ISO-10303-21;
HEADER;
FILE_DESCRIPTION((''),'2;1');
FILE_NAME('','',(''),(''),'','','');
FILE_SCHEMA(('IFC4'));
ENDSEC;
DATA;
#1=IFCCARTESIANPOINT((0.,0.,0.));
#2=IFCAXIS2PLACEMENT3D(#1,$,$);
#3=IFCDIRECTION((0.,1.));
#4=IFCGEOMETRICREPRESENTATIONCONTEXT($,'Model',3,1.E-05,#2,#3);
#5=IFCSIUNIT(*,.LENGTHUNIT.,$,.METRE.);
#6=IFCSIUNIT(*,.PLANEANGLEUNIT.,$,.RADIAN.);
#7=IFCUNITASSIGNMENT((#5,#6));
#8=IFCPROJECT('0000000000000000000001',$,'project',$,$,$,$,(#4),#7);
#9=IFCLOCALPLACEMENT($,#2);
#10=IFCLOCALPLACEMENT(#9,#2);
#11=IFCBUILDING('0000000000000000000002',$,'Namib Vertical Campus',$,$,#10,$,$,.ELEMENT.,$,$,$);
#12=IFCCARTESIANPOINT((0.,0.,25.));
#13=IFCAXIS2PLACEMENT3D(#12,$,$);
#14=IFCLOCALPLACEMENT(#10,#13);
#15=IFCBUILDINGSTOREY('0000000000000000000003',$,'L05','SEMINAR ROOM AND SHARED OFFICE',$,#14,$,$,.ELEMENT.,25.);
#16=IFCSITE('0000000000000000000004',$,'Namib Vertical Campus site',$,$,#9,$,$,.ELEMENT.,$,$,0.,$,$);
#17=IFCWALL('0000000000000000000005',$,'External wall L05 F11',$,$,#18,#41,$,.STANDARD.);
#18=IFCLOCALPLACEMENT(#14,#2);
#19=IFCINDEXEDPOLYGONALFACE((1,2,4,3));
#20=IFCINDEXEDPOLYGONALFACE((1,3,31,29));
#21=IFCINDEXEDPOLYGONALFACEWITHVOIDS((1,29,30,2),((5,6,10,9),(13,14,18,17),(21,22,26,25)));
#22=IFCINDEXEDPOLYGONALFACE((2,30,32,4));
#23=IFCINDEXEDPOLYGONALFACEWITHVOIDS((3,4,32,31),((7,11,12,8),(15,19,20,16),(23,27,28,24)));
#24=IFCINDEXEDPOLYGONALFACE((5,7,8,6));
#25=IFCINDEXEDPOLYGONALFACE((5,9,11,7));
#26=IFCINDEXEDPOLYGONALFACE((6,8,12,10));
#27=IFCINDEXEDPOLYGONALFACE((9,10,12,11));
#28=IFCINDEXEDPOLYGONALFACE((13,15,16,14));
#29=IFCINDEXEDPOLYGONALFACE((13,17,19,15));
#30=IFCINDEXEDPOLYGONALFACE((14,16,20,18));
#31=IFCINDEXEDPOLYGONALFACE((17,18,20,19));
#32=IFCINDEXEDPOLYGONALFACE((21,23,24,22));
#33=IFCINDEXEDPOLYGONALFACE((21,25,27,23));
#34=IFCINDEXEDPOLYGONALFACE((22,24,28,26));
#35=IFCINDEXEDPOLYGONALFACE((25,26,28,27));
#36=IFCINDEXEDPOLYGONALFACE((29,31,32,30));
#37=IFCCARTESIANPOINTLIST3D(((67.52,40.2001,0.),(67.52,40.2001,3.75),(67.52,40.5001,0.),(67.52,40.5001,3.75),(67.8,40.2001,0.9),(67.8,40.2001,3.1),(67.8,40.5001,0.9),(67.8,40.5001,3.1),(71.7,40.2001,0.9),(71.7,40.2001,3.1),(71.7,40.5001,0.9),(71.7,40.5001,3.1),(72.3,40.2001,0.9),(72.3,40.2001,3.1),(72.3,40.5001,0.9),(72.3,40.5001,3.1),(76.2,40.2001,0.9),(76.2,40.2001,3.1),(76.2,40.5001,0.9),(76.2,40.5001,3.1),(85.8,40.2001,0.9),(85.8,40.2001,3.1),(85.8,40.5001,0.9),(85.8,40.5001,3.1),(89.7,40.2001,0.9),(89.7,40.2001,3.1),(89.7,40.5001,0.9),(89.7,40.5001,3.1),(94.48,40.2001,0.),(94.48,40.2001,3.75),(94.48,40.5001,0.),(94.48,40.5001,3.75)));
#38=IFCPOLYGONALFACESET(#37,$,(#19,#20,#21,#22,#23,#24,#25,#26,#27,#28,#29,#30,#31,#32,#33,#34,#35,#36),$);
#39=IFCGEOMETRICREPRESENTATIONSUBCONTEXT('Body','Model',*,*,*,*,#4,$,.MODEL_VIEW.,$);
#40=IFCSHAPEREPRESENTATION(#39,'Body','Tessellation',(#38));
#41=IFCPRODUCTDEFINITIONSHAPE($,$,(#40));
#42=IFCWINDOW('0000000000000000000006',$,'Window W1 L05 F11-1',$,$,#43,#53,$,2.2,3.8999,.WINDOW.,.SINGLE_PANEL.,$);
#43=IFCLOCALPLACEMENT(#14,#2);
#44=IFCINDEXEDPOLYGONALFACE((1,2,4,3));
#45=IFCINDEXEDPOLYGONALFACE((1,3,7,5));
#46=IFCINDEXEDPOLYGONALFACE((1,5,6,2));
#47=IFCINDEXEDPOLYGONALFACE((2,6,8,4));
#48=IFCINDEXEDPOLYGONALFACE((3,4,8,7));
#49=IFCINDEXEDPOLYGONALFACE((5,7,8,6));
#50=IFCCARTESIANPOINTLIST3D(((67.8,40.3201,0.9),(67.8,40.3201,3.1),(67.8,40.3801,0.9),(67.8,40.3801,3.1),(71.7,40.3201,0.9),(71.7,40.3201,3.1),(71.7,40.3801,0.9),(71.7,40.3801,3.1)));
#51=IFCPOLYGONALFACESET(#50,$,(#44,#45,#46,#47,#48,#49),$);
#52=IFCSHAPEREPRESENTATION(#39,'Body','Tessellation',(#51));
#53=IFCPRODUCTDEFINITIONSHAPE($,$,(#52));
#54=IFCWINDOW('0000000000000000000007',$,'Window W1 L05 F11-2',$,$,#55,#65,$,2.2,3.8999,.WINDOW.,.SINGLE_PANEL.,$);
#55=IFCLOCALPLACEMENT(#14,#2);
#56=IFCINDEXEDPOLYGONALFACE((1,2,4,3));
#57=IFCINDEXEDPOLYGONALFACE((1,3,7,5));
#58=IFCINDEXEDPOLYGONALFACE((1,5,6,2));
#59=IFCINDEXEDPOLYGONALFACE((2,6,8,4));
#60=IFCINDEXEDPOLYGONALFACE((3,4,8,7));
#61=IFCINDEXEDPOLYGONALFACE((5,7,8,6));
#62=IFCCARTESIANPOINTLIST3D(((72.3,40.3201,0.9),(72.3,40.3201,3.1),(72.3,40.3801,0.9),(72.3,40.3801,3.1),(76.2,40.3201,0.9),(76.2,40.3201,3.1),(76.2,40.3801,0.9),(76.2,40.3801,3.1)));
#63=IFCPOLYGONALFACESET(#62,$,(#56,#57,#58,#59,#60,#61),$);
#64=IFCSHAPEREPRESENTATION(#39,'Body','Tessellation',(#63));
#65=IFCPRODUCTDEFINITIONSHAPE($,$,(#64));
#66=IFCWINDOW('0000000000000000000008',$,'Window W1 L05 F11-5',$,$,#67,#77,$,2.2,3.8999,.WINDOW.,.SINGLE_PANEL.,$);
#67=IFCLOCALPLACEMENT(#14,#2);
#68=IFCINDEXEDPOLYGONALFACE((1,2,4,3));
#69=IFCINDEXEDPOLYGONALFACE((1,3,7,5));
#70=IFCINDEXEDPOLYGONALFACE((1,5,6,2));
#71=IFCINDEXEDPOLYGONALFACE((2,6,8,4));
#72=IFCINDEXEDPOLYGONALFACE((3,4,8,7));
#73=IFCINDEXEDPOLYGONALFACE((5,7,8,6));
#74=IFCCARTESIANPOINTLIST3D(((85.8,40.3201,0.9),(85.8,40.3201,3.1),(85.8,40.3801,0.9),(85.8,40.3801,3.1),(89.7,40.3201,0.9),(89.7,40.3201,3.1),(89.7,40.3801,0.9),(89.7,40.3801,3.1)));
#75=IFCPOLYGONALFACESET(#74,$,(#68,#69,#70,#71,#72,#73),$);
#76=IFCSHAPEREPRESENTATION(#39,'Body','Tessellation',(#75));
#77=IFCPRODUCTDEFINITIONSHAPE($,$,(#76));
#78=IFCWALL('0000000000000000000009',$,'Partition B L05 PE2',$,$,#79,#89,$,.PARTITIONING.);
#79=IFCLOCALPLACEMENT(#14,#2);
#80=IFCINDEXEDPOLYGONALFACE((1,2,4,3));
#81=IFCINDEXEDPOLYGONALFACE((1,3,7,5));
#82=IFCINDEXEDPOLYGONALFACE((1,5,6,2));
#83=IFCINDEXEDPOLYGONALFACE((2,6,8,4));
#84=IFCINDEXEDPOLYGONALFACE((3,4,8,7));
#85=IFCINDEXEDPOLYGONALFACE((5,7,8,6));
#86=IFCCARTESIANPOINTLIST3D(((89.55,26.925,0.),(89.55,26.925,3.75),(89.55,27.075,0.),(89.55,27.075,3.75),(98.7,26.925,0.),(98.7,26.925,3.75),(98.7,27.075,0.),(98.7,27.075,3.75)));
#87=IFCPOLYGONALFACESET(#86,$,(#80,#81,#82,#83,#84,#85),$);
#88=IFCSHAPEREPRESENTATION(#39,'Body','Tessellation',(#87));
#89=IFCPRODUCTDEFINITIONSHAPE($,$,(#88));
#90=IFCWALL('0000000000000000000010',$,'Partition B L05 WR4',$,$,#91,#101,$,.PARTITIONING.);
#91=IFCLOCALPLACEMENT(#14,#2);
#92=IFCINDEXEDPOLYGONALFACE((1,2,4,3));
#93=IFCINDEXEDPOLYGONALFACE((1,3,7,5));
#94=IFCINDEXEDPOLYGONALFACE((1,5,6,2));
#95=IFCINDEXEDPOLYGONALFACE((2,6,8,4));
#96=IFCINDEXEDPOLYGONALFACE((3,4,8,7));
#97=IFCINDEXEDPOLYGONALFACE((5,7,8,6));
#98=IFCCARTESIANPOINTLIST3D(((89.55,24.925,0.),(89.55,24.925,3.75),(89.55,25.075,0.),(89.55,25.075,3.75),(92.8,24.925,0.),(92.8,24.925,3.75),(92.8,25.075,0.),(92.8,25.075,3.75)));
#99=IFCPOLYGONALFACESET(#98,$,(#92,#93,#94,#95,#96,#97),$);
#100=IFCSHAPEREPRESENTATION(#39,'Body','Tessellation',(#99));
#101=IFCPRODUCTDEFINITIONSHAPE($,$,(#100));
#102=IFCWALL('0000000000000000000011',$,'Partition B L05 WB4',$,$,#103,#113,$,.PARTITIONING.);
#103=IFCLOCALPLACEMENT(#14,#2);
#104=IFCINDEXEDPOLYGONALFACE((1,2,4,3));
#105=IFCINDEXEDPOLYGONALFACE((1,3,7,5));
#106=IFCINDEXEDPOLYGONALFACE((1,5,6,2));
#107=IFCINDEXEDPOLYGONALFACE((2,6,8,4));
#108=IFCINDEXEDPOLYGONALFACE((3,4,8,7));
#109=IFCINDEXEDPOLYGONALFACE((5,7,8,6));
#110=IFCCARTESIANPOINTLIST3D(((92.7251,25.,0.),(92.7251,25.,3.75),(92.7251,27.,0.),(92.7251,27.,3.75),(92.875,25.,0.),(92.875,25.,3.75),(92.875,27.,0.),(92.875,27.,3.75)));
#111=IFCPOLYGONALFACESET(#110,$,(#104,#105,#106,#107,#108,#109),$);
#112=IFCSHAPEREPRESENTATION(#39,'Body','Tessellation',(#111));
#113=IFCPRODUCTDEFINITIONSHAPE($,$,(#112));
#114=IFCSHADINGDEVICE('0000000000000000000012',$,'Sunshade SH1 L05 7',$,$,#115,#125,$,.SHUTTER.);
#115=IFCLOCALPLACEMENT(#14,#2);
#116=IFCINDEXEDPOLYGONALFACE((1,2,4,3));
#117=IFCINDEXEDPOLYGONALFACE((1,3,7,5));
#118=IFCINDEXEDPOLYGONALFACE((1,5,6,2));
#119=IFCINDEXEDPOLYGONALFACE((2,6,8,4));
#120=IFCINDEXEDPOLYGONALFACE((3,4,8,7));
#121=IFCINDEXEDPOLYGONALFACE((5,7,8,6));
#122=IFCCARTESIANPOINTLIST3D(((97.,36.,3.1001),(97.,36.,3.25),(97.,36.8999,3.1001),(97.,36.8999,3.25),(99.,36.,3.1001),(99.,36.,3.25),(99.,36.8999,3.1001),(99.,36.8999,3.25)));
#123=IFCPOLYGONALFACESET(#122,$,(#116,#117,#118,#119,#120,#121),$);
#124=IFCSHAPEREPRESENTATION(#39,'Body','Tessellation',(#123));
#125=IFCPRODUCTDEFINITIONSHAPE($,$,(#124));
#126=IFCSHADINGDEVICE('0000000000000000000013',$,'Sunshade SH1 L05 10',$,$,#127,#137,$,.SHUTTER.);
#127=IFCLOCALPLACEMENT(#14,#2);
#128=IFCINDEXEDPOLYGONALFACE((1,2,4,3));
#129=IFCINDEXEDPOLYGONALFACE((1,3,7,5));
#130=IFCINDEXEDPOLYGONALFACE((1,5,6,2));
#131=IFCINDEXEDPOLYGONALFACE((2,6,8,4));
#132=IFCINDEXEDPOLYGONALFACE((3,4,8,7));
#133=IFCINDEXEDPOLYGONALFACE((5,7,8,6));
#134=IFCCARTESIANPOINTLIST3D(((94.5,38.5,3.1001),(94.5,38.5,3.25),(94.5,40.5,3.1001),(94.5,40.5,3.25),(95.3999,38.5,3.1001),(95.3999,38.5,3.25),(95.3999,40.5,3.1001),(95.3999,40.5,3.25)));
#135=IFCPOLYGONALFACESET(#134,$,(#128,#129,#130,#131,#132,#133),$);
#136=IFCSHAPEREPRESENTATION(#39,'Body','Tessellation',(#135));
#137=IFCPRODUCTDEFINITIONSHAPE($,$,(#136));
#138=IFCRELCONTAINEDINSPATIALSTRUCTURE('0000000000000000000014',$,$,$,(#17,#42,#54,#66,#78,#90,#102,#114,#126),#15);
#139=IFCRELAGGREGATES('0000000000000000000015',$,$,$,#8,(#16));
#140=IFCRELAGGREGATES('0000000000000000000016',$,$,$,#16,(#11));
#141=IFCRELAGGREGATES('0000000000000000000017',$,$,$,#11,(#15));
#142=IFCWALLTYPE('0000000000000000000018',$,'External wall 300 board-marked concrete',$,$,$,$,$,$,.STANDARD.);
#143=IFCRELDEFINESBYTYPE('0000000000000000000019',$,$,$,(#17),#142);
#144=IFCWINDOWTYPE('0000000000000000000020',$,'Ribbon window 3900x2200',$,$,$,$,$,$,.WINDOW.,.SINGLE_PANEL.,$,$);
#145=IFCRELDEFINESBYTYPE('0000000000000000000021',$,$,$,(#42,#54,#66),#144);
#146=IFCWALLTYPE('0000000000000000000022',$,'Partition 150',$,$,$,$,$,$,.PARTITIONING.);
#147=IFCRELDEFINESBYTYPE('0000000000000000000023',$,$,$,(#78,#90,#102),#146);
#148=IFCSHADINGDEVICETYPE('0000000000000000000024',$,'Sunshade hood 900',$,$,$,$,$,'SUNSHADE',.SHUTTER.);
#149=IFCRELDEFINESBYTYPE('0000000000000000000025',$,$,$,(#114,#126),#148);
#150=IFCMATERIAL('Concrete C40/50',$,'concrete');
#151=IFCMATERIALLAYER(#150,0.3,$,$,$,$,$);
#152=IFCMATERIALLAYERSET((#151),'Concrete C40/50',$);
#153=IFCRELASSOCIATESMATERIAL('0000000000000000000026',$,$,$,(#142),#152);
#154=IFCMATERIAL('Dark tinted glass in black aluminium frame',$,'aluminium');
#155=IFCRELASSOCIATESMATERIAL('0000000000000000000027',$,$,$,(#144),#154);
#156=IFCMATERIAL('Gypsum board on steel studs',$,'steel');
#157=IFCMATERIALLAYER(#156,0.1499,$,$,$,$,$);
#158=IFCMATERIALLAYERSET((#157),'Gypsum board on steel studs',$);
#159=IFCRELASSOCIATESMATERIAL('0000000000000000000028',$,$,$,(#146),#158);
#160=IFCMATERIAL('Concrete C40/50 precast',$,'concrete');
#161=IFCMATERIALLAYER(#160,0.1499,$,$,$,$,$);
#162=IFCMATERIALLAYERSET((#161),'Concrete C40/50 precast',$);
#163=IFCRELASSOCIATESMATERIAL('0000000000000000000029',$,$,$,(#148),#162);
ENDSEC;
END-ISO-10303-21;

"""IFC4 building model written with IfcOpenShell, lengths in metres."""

from ifc_helpers import new_model, si_unit, direction, frame, frame_2d, origin, origin_2d, place, context, subcontext, project, spatial, rectangle, extrude, material, layer, layer_set, type_object, element, fill, save


model = new_model("IFC4")

# Units and contexts
model_context = context("Model", 3, precision=1e-05, world=origin(), true_north=direction((0.0, 1.0)))
body_context = subcontext(model_context, "Body", "Model", "MODEL_VIEW")
ifc_project = project(units=[si_unit("LENGTHUNIT", "METRE"), si_unit("PLANEANGLEUNIT", "RADIAN")], contexts=[model_context])

# Site, building, storey
site_placement = place(None, origin())
site = spatial("IfcSite", under=ifc_project, at=site_placement, Name="Namib Vertical Campus site", CompositionType="ELEMENT", RefElevation=0.0)
building_placement = place(site_placement, origin())
building = spatial("IfcBuilding", under=site, at=building_placement, Name="Namib Vertical Campus", CompositionType="ELEMENT")
storey_placement = place(building_placement, frame((0.0, 0.0, 25.0)))
storey = spatial("IfcBuildingStorey", under=building, at=storey_placement, Name="L05", Description="SEMINAR ROOM AND SHARED OFFICE", CompositionType="ELEMENT", Elevation=25.0)

# Shared definitions
ifc_material_1 = material(Name="Concrete C40/50", Category="concrete")
ifc_layer_1 = layer(ifc_material_1, 0.3)
ifc_layer_set_1 = layer_set([ifc_layer_1], Name="Concrete C40/50")
wall_type_1 = type_object("IfcWallType", Name="External wall 300 board-marked concrete", PredefinedType="STANDARD", material=ifc_layer_set_1)

# Wall, openings, windows
wall_1_placement = place(storey_placement, frame((94.48, 40.3501, 0.0), z_axis=(0.0, 0.0, 1.0), x_axis=(-1.0, 0.0, 0.0)))
wall_1 = element("IfcWall", 1, at=wall_1_placement, inside=storey, type_object=wall_type_1, Name="External wall L05 F11", PredefinedType="STANDARD", context=body_context, shape_type="SweptSolid", body=[
    extrude(rectangle(XDim=26.96, YDim=0.3, at=frame_2d((13.48, 0.0))), origin(), (0.0, 0.0, 1.0), 3.75),
])
opening_1_placement = place(wall_1_placement, frame((22.78, 0.0, 0.8999)))
opening_1 = element("IfcOpeningElement", 2, at=opening_1_placement, cuts=wall_1, PredefinedType="OPENING", context=body_context, shape_type="SweptSolid", body=[
    extrude(rectangle(XDim=3.8999, YDim=2.2, at=frame_2d((1.95, 1.1001))), frame((0.0, 0.1599, 0.0), z_axis=(0.0, -1.0, 0.0), x_axis=(1.0, 0.0, 0.0)), (0.0, 0.0, 1.0), 0.3201),
])
opening_2_placement = place(wall_1_placement, frame((18.28, 0.0, 0.8999)))
opening_2 = element("IfcOpeningElement", 3, at=opening_2_placement, cuts=wall_1, PredefinedType="OPENING", context=body_context, shape_type="SweptSolid", body=[
    extrude(rectangle(XDim=3.8999, YDim=2.2, at=frame_2d((1.95, 1.1001))), frame((0.0, 0.1599, 0.0), z_axis=(0.0, -1.0, 0.0), x_axis=(1.0, 0.0, 0.0)), (0.0, 0.0, 1.0), 0.3201),
])
opening_3_placement = place(wall_1_placement, frame((4.78, 0.0, 0.8999)))
opening_3 = element("IfcOpeningElement", 4, at=opening_3_placement, cuts=wall_1, PredefinedType="OPENING", context=body_context, shape_type="SweptSolid", body=[
    extrude(rectangle(XDim=3.8999, YDim=2.2, at=frame_2d((1.95, 1.1001))), frame((0.0, 0.1599, 0.0), z_axis=(0.0, -1.0, 0.0), x_axis=(1.0, 0.0, 0.0)), (0.0, 0.0, 1.0), 0.3201),
])
ifc_material_2 = material(Name="Dark tinted glass in black aluminium frame", Category="aluminium")
window_type = type_object("IfcWindowType", Name="Ribbon window 3900x2200", PartitioningType="SINGLE_PANEL", PredefinedType="WINDOW", material=ifc_material_2)
window_1_placement = place(opening_1_placement, origin())
window_1 = element("IfcWindow", 5, at=window_1_placement, inside=storey, type_object=window_type, Name="Window W1 L05 F11-1", OverallHeight=2.2, OverallWidth=3.8999, PartitioningType="SINGLE_PANEL", PredefinedType="WINDOW", context=body_context, shape_type="SweptSolid", body=[
    extrude(rectangle(XDim=3.8999, YDim=2.2, at=frame_2d((1.95, 1.1001))), frame((0.0, 0.03, 0.0), z_axis=(0.0, -1.0, 0.0), x_axis=(1.0, 0.0, 0.0)), (0.0, 0.0, 1.0), 0.0601),
])
fill(opening_1, window_1)
window_2_placement = place(opening_2_placement, origin())
window_2 = element("IfcWindow", 6, at=window_2_placement, inside=storey, type_object=window_type, Name="Window W1 L05 F11-2", OverallHeight=2.2, OverallWidth=3.8999, PartitioningType="SINGLE_PANEL", PredefinedType="WINDOW", context=body_context, shape_type="SweptSolid", body=[
    extrude(rectangle(XDim=3.8999, YDim=2.2, at=frame_2d((1.95, 1.1001))), frame((0.0, 0.03, 0.0), z_axis=(0.0, -1.0, 0.0), x_axis=(1.0, 0.0, 0.0)), (0.0, 0.0, 1.0), 0.0601),
])
fill(opening_2, window_2)
window_3_placement = place(opening_3_placement, origin())
window_3 = element("IfcWindow", 7, at=window_3_placement, inside=storey, type_object=window_type, Name="Window W1 L05 F11-5", OverallHeight=2.2, OverallWidth=3.8999, PartitioningType="SINGLE_PANEL", PredefinedType="WINDOW", context=body_context, shape_type="SweptSolid", body=[
    extrude(rectangle(XDim=3.8999, YDim=2.2, at=frame_2d((1.95, 1.1001))), frame((0.0, 0.03, 0.0), z_axis=(0.0, -1.0, 0.0), x_axis=(1.0, 0.0, 0.0)), (0.0, 0.0, 1.0), 0.0601),
])
fill(opening_3, window_3)

# Walls
ifc_material_3 = material(Name="Gypsum board on steel studs", Category="steel")
ifc_layer_2 = layer(ifc_material_3, 0.1499)
ifc_layer_set_2 = layer_set([ifc_layer_2], Name="Gypsum board on steel studs")
wall_type_2 = type_object("IfcWallType", Name="Partition 150", PredefinedType="PARTITIONING", material=ifc_layer_set_2)
wall_2_placement = place(storey_placement, frame((89.55, 27.0, 0.0), z_axis=(0.0, 0.0, 1.0), x_axis=(1.0, 0.0, 0.0)))
element("IfcWall", 8, at=wall_2_placement, inside=storey, type_object=wall_type_2, Name="Partition B L05 PE2", PredefinedType="PARTITIONING", context=body_context, shape_type="SweptSolid", body=[
    extrude(rectangle(XDim=9.1499, YDim=0.1499, at=frame_2d((4.575, 0.0))), origin(), (0.0, 0.0, 1.0), 3.75),
])
wall_3_placement = place(storey_placement, frame((89.55, 25.0, 0.0), z_axis=(0.0, 0.0, 1.0), x_axis=(1.0, 0.0, 0.0)))
element("IfcWall", 9, at=wall_3_placement, inside=storey, type_object=wall_type_2, Name="Partition B L05 WR4", PredefinedType="PARTITIONING", context=body_context, shape_type="SweptSolid", body=[
    extrude(rectangle(XDim=3.25, YDim=0.1499, at=frame_2d((1.625, 0.0))), origin(), (0.0, 0.0, 1.0), 3.75),
])
wall_4_placement = place(storey_placement, frame((92.8, 25.0, 0.0), z_axis=(0.0, 0.0, 1.0), x_axis=(0.0, 1.0, 0.0)))
element("IfcWall", 10, at=wall_4_placement, inside=storey, type_object=wall_type_2, Name="Partition B L05 WB4", PredefinedType="PARTITIONING", context=body_context, shape_type="SweptSolid", body=[
    extrude(rectangle(XDim=2.0, YDim=0.1499, at=frame_2d((1.0, 0.0))), origin(), (0.0, 0.0, 1.0), 3.75),
])

# Shading devices
ifc_material_4 = material(Name="Concrete C40/50 precast", Category="concrete")
ifc_layer_3 = layer(ifc_material_4, 0.1499)
ifc_layer_set_3 = layer_set([ifc_layer_3], Name="Concrete C40/50 precast")
shading_device_type = type_object("IfcShadingDeviceType", Name="Sunshade hood 900", ElementType="SUNSHADE", PredefinedType="SHUTTER", material=ifc_layer_set_3)
for number, where, z_axis, x_axis, name in (
    (11, (98.0, 36.45, 3.1001), (0.0, 0.0, 1.0), (-1.0, 0.0, 0.0), "Sunshade SH1 L05 7"),
    (12, (94.95, 39.5, 3.1001), (0.0, 0.0, 1.0), (0.0, 1.0, 0.0), "Sunshade SH1 L05 10"),
):
    element("IfcShadingDevice", number, at=place(storey_placement, frame(where, z_axis=z_axis, x_axis=x_axis)), inside=storey, type_object=shading_device_type, Name=name, PredefinedType="SHUTTER", context=body_context, shape_type="SweptSolid", body=[
        extrude(rectangle(XDim=2.0, YDim=0.8999, at=origin_2d()), origin(), (0.0, 0.0, 1.0), 0.1499),
    ])

save(model, "model.ifc")
